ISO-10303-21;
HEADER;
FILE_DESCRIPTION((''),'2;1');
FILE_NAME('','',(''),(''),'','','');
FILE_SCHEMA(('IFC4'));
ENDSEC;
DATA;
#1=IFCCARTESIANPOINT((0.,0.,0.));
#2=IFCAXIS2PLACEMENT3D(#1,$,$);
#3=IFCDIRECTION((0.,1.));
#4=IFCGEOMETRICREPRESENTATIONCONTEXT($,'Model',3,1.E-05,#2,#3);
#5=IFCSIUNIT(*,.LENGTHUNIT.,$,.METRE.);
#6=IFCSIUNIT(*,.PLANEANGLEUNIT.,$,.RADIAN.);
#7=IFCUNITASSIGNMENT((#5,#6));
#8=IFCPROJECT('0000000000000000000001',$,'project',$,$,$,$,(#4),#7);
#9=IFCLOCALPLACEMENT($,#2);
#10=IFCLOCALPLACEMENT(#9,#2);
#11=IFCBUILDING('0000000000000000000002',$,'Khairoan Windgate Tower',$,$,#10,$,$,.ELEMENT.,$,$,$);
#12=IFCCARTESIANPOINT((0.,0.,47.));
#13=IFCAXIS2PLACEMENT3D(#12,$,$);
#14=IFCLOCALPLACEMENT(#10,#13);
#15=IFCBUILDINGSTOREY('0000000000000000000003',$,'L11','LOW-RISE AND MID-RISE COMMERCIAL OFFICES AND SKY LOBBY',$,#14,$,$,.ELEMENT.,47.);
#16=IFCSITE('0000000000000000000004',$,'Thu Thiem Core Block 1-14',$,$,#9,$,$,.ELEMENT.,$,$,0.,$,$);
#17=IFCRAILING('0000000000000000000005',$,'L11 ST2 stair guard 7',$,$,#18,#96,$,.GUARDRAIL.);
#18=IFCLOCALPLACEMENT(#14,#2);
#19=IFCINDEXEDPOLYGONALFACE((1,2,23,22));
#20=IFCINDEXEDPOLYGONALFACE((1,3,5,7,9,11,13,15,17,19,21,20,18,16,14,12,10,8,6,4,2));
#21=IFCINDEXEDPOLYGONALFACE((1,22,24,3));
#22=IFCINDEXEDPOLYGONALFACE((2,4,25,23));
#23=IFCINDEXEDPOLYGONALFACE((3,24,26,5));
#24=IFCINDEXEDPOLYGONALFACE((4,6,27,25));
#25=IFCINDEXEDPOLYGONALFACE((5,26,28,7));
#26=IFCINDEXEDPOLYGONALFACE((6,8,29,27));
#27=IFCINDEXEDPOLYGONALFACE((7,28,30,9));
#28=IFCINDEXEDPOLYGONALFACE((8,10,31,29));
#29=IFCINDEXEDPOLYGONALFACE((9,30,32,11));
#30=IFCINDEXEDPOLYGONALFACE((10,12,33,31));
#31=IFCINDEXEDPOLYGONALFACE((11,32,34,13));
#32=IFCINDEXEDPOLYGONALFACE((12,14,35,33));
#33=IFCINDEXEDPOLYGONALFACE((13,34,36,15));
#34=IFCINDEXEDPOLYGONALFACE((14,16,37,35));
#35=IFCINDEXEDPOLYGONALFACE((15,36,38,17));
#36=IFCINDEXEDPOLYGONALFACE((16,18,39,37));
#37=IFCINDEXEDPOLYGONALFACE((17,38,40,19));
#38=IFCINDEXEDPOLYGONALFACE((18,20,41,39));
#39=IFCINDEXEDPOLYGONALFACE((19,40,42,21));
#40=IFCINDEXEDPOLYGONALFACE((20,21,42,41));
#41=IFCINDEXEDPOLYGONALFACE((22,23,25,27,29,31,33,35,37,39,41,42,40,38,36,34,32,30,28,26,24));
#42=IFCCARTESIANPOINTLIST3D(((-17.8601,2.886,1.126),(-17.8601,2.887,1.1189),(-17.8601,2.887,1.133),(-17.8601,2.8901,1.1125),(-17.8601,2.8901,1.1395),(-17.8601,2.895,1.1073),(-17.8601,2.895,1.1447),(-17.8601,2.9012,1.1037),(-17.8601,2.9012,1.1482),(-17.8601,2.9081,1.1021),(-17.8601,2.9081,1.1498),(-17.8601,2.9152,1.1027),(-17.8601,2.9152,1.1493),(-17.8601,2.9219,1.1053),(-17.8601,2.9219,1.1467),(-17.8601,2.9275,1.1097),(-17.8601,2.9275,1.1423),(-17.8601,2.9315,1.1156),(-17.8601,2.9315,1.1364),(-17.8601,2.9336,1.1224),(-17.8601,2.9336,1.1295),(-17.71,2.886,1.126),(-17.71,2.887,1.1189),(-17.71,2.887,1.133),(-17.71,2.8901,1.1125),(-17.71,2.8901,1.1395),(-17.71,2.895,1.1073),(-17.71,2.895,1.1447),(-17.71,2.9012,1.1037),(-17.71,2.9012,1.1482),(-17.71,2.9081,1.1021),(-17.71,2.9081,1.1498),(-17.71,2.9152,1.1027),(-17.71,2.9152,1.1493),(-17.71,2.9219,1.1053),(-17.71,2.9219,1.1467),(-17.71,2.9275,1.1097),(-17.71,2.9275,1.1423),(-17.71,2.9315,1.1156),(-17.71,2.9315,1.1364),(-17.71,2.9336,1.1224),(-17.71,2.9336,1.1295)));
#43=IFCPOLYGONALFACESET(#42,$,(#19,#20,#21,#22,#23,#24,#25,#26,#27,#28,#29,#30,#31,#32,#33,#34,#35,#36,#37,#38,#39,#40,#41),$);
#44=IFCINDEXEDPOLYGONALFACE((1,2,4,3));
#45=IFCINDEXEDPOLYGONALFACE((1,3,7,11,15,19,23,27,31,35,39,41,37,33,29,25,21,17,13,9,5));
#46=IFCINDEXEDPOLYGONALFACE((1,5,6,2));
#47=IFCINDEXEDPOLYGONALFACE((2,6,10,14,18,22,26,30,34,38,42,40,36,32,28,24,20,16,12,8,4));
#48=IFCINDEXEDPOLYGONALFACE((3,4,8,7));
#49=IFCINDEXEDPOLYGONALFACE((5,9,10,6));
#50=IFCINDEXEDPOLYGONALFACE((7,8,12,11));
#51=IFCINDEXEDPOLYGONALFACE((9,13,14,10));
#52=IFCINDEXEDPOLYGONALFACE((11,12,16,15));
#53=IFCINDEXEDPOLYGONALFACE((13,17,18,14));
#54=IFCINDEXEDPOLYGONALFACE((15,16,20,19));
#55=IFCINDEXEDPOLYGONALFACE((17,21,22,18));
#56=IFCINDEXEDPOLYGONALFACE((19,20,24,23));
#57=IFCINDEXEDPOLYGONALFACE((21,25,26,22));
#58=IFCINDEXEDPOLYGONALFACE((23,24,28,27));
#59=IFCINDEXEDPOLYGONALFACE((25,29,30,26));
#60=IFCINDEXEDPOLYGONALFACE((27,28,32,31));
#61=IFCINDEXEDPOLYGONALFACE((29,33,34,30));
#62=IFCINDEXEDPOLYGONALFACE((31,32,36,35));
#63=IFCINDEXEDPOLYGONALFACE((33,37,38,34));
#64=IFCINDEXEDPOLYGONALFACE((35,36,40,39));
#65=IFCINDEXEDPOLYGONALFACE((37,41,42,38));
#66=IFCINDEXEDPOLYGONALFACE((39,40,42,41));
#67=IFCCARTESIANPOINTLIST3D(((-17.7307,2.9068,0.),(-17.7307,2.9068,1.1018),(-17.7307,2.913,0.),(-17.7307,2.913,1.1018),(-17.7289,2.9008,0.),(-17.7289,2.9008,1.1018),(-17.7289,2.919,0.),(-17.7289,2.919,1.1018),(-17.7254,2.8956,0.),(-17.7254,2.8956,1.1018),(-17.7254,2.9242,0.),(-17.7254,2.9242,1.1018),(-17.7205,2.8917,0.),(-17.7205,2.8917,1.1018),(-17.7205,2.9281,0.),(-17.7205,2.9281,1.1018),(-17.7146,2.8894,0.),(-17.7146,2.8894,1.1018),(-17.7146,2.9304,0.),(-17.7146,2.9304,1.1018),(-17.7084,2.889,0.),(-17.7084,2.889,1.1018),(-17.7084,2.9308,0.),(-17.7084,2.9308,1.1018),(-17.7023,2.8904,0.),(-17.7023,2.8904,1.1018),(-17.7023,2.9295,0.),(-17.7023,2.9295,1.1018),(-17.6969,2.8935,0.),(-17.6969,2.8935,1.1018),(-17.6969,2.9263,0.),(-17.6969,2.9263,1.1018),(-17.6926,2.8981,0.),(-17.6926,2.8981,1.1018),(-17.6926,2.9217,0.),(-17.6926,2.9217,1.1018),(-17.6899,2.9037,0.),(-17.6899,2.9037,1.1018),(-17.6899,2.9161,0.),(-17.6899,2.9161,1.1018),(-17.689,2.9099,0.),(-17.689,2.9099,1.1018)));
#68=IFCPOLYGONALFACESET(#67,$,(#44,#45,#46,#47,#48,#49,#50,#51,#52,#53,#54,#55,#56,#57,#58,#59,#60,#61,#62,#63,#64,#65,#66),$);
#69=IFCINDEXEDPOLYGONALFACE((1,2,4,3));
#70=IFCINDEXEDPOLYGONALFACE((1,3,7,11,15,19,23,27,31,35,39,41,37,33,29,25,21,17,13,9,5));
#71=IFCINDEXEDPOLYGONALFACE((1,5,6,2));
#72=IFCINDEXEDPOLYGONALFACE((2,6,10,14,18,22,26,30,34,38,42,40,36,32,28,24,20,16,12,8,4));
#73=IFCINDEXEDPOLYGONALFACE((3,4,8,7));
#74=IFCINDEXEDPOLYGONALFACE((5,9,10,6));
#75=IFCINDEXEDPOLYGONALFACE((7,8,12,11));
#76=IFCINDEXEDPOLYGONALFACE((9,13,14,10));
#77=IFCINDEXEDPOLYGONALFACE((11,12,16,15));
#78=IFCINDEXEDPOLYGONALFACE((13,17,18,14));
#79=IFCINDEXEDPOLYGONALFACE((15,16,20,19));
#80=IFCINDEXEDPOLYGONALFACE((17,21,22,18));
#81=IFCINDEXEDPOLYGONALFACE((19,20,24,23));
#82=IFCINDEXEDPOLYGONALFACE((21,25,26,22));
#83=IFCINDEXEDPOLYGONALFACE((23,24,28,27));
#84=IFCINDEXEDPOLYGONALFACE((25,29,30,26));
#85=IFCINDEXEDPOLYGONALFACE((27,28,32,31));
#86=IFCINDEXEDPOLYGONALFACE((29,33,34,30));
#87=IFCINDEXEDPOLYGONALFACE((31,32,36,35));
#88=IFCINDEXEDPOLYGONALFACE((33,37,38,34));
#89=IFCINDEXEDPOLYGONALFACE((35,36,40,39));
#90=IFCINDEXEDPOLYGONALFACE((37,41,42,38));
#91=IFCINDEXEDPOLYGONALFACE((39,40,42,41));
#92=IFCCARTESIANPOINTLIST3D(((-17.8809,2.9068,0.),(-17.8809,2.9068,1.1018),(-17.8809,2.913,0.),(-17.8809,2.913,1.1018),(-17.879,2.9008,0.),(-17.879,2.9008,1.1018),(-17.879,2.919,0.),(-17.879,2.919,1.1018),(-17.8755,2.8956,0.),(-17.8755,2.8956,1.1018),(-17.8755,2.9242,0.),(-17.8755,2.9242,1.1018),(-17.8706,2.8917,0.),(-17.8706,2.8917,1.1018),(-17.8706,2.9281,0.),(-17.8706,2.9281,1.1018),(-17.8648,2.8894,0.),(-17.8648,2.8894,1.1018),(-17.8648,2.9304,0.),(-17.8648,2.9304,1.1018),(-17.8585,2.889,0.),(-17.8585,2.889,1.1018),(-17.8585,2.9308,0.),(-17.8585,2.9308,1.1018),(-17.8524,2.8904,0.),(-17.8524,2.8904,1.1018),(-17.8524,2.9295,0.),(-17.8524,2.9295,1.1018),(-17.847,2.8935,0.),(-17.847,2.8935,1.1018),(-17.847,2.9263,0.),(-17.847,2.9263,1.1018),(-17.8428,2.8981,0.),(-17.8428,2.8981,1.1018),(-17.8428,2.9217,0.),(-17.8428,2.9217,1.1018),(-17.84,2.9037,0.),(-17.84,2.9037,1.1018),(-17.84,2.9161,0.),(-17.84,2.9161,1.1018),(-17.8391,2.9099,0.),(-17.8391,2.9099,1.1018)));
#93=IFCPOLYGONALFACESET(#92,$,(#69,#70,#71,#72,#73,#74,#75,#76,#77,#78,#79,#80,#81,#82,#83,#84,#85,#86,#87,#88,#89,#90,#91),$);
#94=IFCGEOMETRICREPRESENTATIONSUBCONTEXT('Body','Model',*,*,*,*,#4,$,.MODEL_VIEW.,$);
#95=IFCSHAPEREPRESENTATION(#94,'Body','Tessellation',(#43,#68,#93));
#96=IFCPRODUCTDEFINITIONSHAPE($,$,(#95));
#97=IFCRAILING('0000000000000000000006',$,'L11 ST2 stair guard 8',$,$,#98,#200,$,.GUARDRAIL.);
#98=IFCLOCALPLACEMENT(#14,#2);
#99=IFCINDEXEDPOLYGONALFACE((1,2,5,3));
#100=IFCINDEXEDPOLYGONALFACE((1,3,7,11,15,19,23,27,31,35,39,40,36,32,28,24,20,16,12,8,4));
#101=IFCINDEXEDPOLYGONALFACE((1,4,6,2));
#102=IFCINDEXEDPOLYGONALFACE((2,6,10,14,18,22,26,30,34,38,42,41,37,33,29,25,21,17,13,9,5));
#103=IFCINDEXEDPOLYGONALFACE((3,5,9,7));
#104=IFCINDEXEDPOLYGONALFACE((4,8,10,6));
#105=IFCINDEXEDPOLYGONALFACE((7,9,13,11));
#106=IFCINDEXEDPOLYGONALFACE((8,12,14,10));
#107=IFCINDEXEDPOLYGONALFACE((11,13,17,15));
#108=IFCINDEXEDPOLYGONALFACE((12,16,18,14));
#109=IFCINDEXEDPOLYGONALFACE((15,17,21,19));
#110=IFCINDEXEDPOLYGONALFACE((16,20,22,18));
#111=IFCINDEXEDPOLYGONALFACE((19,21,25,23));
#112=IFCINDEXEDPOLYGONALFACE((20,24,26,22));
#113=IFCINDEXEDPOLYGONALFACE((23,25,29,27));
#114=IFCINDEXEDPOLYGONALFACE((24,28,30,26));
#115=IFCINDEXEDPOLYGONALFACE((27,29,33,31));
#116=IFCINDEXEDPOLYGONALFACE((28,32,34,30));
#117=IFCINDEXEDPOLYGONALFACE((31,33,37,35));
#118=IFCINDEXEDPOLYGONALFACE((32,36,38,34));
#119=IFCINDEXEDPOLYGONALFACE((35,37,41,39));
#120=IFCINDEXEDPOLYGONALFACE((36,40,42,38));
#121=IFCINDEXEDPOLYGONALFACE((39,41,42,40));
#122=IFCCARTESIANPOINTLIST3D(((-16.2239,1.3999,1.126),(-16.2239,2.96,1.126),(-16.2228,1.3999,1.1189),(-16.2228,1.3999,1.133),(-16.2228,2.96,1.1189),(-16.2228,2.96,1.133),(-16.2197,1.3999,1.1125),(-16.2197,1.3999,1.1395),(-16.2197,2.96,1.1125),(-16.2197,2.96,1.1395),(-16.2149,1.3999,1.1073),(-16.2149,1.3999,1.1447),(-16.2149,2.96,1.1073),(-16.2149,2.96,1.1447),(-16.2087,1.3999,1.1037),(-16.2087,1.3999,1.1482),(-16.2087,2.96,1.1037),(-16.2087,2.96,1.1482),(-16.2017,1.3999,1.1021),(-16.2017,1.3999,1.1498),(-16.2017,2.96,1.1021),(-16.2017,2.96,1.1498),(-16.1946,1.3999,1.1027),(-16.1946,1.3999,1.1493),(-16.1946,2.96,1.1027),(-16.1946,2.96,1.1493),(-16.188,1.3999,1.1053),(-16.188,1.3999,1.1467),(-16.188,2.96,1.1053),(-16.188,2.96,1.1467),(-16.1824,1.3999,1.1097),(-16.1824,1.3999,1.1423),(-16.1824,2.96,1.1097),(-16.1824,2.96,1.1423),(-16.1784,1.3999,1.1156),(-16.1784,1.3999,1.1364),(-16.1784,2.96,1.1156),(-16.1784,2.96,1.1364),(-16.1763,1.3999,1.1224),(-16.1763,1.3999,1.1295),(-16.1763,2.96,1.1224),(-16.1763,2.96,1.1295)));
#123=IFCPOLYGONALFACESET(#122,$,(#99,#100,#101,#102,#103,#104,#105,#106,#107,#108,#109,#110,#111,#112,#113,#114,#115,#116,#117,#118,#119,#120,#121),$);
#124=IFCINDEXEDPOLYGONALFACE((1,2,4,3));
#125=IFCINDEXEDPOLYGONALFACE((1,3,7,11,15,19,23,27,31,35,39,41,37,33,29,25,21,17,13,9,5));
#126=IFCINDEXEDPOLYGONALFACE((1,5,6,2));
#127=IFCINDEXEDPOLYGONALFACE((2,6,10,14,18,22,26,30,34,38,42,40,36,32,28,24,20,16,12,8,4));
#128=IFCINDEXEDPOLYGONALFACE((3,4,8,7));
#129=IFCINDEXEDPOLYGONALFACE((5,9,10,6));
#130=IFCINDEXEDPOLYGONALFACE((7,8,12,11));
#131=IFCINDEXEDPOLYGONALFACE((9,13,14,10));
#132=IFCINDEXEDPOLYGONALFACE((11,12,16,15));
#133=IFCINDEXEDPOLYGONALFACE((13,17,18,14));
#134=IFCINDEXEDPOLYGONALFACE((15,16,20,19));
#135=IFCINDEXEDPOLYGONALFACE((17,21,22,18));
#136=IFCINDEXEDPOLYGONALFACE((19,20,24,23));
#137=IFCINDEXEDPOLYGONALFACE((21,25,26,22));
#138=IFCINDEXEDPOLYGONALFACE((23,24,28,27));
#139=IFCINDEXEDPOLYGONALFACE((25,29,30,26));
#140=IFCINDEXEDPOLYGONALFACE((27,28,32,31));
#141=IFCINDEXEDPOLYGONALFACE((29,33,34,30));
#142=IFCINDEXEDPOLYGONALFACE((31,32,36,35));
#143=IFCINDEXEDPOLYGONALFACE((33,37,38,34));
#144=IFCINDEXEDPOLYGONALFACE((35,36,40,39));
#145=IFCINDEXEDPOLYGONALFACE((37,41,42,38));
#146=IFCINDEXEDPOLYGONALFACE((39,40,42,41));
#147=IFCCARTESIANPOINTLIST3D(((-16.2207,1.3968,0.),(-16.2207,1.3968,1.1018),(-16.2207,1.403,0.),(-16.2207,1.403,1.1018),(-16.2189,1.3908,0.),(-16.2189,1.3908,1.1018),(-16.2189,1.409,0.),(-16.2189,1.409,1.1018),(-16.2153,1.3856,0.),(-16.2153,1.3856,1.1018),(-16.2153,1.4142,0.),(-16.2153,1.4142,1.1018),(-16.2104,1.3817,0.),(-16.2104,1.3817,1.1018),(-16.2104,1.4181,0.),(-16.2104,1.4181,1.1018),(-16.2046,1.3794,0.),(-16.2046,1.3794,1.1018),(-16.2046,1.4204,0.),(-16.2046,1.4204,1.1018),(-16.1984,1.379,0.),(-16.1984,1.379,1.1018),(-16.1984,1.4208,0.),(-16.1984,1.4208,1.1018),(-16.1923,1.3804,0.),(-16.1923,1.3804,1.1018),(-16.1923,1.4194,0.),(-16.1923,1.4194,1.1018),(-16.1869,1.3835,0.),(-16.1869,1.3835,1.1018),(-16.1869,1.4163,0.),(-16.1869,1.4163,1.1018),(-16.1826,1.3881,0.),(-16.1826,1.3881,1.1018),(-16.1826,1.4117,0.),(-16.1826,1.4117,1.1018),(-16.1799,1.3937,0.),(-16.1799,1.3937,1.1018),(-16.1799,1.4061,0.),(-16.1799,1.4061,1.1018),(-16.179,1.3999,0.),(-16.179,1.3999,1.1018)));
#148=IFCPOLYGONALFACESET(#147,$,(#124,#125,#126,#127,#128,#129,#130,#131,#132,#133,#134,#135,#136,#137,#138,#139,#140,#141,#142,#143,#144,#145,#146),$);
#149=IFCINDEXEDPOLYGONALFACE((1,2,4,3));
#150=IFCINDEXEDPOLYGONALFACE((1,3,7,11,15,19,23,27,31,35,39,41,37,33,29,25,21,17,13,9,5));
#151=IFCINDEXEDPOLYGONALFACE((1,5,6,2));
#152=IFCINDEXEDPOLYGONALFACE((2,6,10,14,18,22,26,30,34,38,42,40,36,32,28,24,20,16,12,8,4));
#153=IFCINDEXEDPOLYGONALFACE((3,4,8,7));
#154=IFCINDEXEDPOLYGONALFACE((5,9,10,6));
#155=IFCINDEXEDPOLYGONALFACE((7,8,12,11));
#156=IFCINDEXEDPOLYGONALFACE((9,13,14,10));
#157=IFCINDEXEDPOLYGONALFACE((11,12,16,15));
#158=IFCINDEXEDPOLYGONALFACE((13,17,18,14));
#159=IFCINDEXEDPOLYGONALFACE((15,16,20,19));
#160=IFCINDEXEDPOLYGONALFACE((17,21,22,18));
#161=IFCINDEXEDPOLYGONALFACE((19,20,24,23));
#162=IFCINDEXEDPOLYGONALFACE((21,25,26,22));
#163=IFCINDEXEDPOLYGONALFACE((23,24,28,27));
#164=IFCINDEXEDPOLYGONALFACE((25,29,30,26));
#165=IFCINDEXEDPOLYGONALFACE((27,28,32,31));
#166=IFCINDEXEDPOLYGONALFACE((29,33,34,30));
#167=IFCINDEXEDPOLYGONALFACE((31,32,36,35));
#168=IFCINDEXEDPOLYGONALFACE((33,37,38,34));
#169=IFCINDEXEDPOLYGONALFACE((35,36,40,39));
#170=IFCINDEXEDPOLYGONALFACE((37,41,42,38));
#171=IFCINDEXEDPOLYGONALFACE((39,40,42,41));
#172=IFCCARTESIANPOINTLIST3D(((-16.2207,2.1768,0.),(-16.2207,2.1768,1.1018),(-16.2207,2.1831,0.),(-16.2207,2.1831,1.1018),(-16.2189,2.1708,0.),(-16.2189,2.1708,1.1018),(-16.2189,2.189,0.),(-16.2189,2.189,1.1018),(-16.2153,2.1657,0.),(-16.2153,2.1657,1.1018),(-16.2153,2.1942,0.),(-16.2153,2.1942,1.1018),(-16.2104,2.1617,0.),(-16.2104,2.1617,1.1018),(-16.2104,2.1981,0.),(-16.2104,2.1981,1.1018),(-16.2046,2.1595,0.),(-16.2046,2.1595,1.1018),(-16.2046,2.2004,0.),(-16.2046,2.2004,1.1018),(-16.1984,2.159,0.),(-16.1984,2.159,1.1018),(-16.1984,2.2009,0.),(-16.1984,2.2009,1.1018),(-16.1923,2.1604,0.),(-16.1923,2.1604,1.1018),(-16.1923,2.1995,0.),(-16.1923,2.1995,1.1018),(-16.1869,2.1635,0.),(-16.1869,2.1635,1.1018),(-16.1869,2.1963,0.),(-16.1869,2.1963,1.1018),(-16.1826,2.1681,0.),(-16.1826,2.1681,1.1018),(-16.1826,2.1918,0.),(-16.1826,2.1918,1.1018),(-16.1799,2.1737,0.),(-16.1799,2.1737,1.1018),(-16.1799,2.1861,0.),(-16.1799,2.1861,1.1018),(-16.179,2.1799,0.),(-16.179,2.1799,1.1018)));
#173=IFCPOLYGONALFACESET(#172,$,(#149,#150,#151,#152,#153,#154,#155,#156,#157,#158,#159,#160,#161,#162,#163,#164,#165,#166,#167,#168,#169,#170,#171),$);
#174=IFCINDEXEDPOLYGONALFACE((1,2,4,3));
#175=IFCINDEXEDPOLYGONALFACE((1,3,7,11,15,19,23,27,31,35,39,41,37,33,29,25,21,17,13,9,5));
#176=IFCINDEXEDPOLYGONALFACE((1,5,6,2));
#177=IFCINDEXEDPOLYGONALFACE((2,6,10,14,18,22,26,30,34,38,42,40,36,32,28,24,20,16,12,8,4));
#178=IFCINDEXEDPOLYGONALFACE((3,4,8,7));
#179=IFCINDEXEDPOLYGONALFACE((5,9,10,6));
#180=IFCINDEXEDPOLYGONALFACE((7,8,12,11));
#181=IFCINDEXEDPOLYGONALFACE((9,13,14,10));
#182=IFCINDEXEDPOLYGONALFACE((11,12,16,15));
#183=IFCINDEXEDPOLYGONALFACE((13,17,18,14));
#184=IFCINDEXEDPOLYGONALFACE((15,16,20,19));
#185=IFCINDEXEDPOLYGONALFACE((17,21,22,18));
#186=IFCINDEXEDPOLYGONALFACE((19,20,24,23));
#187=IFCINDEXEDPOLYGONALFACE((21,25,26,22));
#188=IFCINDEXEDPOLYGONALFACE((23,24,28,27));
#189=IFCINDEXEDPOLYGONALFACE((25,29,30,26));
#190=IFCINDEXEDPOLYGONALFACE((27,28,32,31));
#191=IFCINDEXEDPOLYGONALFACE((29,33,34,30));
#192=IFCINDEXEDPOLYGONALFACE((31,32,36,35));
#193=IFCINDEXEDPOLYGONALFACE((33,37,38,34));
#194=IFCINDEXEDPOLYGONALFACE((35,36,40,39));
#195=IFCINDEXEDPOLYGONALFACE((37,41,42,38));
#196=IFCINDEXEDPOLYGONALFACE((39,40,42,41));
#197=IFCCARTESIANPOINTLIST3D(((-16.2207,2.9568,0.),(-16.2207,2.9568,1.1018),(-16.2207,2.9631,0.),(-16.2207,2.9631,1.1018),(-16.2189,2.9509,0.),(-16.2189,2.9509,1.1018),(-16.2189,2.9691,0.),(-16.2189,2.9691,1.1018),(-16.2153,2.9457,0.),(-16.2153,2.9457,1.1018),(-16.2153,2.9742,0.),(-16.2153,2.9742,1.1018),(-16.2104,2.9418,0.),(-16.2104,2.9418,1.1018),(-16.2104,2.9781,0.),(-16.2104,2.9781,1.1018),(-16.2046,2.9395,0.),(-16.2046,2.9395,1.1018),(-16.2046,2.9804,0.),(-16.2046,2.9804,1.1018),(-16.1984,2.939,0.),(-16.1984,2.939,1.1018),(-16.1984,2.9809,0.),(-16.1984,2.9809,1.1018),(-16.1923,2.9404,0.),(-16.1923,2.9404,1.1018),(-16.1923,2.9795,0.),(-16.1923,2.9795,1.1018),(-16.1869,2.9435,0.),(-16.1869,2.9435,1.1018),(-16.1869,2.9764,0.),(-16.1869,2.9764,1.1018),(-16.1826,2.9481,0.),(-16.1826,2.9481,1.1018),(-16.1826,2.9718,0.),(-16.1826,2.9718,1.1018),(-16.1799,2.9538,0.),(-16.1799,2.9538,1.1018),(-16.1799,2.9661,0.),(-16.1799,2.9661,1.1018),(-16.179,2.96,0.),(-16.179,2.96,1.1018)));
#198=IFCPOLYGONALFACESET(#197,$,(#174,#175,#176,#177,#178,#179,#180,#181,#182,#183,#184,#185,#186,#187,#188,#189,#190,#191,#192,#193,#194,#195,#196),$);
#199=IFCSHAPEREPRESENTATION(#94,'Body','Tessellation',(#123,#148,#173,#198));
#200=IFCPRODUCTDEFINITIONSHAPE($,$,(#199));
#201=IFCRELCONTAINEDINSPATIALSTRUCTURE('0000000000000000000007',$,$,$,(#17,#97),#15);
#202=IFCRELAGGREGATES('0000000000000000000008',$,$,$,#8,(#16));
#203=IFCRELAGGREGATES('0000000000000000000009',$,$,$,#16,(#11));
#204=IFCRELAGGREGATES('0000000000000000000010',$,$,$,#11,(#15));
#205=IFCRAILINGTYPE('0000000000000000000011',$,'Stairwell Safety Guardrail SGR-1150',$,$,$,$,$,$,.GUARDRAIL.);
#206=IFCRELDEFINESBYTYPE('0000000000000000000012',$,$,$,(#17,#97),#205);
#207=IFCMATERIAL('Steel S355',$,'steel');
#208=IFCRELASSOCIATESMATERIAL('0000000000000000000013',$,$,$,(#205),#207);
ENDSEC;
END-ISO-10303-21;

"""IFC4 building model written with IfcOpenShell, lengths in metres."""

from ifc_helpers import new_model, si_unit, direction, frame, origin, origin_2d, place, context, subcontext, project, spatial, circle, extrude, material, type_object, element, save


model = new_model("IFC4")

# Units and contexts
model_context = context("Model", 3, precision=1e-05, world=origin(), true_north=direction((0.0, 1.0)))
body_context = subcontext(model_context, "Body", "Model", "MODEL_VIEW")
ifc_project = project(units=[si_unit("LENGTHUNIT", "METRE"), si_unit("PLANEANGLEUNIT", "RADIAN")], contexts=[model_context])

# Site, building, storey
site_placement = place(None, origin())
site = spatial("IfcSite", under=ifc_project, at=site_placement, Name="Thu Thiem Core Block 1-14", CompositionType="ELEMENT", RefElevation=0.0)
building_placement = place(site_placement, origin())
building = spatial("IfcBuilding", under=site, at=building_placement, Name="Khairoan Windgate Tower", CompositionType="ELEMENT")
storey_placement = place(building_placement, frame((0.0, 0.0, 47.0)))
storey = spatial("IfcBuildingStorey", under=building, at=storey_placement, Name="L11", Description="LOW-RISE AND MID-RISE COMMERCIAL OFFICES AND SKY LOBBY", CompositionType="ELEMENT", Elevation=47.0)

# Railings
ifc_material_1 = material(Name="Steel S355", Category="steel")
railing_type_1 = type_object("IfcRailingType", Name="Stairwell Safety Guardrail SGR-1150", PredefinedType="GUARDRAIL", material=ifc_material_1)
railing_1_placement = place(storey_placement, frame((-17.71, 2.9099, 0.0)))
element("IfcRailing", 1, at=railing_1_placement, inside=storey, type_object=railing_type_1, Name="L11 ST2 stair guard 7", PredefinedType="GUARDRAIL", context=body_context, shape_type="SweptSolid", body=[
    extrude(circle(Radius=0.0239, at=origin_2d()), frame((0.0, 0.0, 1.126), z_axis=(-1.0, 0.0, 0.0), x_axis=(0.0, -1.0, 0.0)), (0.0, 0.0, 1.0), 0.1501),
    extrude(circle(Radius=0.021, at=origin_2d()), origin(), (0.0, 0.0, 1.0), 1.1018),
    extrude(circle(Radius=0.021, at=origin_2d()), frame((-0.1501, 0.0, 0.0)), (0.0, 0.0, 1.0), 1.1018),
])
for number, where, name in (
    (2, (-16.2, 1.3999, 0.0), "L11 ST2 stair guard 8"),
):
    element("IfcRailing", number, at=place(storey_placement, frame(where)), inside=storey, type_object=railing_type_1, Name=name, PredefinedType="GUARDRAIL", context=body_context, shape_type="SweptSolid", body=[
        extrude(circle(Radius=0.0239, at=origin_2d()), frame((0.0, 0.0, 1.126), z_axis=(0.0, 1.0, 0.0), x_axis=(-1.0, 0.0, 0.0)), (0.0, 0.0, 1.0), 1.5601),
        extrude(circle(Radius=0.021, at=origin_2d()), origin(), (0.0, 0.0, 1.0), 1.1018),
        extrude(circle(Radius=0.021, at=origin_2d()), frame((0.0, 0.78, 0.0)), (0.0, 0.0, 1.0), 1.1018),
        extrude(circle(Radius=0.021, at=origin_2d()), frame((0.0, 1.5601, 0.0)), (0.0, 0.0, 1.0), 1.1018),
    ])

save(model, "model.ifc")
